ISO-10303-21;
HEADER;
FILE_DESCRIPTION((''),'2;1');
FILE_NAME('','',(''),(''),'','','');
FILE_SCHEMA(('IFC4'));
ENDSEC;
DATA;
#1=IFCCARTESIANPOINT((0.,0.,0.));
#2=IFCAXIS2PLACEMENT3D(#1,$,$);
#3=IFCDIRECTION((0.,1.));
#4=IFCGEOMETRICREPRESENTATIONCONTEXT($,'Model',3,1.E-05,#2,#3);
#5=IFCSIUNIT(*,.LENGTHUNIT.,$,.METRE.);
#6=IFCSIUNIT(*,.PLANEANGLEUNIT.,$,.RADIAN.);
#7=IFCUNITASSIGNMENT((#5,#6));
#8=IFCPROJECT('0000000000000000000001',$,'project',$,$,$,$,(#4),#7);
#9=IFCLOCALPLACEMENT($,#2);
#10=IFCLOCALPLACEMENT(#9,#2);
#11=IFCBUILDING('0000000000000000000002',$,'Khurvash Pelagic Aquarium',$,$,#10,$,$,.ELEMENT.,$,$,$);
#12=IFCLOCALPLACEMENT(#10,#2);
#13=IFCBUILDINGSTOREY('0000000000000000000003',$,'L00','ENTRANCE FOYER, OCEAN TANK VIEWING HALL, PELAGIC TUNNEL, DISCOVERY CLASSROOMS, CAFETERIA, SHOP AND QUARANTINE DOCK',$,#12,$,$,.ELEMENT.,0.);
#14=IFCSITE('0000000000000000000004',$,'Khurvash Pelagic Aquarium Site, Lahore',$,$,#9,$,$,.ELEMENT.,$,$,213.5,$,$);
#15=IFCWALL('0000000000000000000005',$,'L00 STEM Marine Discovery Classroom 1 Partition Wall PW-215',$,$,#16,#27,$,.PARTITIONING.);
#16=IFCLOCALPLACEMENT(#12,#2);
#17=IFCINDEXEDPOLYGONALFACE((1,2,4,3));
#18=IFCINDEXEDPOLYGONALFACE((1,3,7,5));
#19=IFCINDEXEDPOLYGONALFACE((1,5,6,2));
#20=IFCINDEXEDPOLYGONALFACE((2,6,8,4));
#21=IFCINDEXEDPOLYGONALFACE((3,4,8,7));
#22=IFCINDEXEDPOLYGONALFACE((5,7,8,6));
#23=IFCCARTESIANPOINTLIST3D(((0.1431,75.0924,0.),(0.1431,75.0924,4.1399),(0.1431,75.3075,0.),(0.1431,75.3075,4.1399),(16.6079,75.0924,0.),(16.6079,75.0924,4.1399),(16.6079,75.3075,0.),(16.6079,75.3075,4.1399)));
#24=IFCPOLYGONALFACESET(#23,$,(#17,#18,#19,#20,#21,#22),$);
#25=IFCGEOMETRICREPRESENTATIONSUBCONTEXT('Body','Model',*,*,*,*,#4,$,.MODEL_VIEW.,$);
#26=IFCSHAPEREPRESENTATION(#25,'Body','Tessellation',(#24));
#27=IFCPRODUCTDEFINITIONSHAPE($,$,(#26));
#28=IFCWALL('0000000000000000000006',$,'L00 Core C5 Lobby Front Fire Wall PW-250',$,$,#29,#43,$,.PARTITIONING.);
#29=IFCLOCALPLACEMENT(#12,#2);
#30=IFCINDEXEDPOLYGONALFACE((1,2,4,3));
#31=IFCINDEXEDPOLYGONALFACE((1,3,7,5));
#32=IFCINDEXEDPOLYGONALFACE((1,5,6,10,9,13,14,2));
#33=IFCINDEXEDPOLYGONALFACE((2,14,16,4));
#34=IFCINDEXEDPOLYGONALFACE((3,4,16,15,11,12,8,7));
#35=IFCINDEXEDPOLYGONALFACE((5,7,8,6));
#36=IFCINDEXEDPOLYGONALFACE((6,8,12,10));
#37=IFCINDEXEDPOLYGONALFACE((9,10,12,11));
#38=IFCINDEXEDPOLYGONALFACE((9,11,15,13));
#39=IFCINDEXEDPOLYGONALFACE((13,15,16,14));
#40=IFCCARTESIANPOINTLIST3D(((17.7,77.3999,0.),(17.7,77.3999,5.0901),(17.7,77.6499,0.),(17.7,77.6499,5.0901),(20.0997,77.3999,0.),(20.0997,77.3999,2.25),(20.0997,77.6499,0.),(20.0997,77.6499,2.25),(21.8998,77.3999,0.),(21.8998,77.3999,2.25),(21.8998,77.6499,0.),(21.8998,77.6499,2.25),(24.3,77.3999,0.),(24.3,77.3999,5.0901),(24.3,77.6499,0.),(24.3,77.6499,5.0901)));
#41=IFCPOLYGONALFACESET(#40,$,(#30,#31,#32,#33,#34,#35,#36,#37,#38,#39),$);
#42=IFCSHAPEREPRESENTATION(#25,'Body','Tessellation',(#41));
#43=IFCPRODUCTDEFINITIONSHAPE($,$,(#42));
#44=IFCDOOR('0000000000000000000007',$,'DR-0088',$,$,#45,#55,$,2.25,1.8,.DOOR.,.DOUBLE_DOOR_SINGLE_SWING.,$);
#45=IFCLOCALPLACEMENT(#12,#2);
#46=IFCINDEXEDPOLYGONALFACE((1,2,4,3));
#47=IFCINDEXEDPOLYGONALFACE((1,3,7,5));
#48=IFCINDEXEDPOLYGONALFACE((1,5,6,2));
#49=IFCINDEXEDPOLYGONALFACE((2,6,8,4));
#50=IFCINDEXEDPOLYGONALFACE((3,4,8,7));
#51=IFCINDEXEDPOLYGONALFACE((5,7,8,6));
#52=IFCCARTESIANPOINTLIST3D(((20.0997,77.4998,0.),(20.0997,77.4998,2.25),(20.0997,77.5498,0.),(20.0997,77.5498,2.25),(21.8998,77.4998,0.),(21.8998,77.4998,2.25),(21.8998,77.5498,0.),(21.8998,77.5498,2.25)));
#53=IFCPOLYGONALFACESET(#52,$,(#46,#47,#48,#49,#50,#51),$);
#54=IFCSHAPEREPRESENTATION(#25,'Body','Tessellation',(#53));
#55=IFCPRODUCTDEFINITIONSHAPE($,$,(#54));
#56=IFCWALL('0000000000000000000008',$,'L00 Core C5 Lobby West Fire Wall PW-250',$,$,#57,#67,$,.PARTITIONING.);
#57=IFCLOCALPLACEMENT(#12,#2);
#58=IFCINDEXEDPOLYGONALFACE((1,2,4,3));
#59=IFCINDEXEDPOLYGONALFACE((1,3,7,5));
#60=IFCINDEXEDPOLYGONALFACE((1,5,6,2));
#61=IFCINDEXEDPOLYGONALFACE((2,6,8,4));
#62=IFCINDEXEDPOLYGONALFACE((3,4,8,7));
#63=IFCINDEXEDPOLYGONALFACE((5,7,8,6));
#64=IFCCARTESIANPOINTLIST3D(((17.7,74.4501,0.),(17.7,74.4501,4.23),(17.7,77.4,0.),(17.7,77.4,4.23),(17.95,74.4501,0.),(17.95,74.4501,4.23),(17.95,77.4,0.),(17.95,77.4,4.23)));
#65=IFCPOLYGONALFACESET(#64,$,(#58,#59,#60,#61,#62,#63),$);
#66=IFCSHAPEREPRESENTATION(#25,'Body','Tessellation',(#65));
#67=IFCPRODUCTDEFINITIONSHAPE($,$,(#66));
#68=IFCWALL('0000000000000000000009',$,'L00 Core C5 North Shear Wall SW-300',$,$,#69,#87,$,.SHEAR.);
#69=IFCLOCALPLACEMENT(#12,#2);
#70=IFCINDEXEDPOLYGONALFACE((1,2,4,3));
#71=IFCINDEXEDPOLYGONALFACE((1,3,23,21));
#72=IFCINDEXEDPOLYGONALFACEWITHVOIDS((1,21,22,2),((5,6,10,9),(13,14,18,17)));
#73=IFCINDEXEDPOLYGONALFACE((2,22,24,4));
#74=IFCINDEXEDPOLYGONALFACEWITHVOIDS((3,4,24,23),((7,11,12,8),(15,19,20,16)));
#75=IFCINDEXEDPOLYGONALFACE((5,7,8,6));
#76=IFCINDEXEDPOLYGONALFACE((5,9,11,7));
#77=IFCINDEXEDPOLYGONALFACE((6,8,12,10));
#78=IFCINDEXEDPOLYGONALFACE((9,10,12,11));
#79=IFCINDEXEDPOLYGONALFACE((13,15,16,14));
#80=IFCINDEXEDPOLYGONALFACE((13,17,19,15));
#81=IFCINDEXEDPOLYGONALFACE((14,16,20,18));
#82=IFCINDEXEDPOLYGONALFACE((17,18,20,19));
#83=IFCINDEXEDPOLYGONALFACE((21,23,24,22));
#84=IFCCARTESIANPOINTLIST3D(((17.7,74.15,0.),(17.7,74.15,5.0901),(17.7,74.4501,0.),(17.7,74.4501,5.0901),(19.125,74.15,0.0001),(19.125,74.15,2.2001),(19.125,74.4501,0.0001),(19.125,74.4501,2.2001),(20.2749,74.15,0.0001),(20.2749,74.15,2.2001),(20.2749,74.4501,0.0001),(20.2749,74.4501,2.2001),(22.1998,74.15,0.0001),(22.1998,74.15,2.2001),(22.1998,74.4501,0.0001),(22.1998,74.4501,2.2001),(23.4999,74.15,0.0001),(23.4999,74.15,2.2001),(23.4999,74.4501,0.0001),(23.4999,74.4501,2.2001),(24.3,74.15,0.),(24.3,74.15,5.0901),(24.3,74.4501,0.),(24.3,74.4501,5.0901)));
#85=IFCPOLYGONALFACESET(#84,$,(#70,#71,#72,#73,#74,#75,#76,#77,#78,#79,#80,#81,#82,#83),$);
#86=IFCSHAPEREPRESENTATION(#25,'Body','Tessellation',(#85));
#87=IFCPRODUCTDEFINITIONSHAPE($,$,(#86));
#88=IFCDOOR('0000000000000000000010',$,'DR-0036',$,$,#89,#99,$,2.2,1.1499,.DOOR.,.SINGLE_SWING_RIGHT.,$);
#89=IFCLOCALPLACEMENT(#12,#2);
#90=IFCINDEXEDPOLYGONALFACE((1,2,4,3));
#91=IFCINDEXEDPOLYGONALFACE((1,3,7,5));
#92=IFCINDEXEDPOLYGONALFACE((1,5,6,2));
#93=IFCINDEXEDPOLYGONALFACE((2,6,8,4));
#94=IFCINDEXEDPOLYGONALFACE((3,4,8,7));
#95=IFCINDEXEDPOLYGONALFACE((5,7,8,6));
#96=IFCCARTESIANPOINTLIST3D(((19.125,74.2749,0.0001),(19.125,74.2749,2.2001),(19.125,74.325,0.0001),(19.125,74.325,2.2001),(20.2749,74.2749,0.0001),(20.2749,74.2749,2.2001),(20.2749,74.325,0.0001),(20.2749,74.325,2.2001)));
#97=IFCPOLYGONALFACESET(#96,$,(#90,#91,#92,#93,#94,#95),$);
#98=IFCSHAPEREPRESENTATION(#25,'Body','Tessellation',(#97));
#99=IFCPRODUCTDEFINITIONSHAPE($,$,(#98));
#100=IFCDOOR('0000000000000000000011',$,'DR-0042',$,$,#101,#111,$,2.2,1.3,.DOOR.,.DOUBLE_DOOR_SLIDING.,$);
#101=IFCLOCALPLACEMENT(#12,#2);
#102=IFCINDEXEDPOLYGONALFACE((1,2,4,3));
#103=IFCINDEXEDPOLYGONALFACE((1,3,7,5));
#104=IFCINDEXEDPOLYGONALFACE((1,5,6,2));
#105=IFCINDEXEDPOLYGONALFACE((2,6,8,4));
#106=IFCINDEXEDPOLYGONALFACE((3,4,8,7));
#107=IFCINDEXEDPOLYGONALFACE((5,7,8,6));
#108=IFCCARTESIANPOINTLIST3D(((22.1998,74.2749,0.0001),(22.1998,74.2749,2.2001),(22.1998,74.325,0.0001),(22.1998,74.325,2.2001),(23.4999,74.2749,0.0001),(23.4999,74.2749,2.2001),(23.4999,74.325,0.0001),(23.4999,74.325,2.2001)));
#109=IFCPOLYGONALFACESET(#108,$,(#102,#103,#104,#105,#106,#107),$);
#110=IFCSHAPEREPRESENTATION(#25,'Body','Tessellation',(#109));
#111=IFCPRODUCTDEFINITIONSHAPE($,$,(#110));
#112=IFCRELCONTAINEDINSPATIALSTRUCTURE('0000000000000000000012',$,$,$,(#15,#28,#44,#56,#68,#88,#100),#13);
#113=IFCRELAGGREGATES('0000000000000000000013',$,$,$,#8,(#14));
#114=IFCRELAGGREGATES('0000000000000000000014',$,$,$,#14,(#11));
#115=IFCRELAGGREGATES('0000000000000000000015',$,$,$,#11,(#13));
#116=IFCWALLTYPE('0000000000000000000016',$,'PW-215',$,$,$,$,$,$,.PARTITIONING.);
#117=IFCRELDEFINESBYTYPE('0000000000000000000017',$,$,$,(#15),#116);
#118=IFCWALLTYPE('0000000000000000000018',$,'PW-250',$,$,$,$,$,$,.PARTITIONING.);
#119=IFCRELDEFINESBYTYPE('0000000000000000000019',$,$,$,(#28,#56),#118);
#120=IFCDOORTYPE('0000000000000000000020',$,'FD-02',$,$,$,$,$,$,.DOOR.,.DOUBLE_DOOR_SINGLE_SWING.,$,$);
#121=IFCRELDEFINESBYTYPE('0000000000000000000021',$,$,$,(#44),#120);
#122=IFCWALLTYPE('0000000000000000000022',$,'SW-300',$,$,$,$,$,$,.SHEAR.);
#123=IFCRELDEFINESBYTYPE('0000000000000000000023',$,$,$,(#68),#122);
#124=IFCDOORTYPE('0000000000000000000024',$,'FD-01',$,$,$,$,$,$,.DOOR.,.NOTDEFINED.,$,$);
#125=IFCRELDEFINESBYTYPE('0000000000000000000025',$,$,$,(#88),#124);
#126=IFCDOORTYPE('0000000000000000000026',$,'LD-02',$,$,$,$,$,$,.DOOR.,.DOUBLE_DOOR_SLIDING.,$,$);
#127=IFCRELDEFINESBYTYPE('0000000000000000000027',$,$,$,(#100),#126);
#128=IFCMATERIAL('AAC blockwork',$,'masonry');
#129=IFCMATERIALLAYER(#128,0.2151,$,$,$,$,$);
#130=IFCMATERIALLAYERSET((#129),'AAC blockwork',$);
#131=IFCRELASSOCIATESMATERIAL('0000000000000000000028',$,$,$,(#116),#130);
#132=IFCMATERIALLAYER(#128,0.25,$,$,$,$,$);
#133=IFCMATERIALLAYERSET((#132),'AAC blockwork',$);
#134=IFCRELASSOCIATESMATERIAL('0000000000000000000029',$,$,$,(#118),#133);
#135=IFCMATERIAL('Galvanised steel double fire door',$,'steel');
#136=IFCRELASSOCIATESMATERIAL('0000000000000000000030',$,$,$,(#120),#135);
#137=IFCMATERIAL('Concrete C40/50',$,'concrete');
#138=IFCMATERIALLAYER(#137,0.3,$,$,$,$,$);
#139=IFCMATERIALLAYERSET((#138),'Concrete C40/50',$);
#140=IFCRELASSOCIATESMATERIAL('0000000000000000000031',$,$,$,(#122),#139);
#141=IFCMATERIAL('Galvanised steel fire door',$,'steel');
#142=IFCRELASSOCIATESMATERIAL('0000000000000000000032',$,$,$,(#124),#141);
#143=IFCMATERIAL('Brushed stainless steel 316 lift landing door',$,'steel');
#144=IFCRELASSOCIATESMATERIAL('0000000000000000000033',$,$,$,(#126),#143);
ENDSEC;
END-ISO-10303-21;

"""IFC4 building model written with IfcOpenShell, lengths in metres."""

from ifc_helpers import new_model, si_unit, direction, frame, frame_2d, origin, place, context, subcontext, project, spatial, rectangle, extrude, material, layer, layer_set, type_object, element, fill, save


model = new_model("IFC4")

# Units and contexts
model_context = context("Model", 3, precision=1e-05, world=origin(), true_north=direction((0.0, 1.0)))
body_context = subcontext(model_context, "Body", "Model", "MODEL_VIEW")
ifc_project = project(units=[si_unit("LENGTHUNIT", "METRE"), si_unit("PLANEANGLEUNIT", "RADIAN")], contexts=[model_context])

# Site, building, storey
site_placement = place(None, origin())
site = spatial("IfcSite", under=ifc_project, at=site_placement, Name="Khurvash Pelagic Aquarium Site, Lahore", CompositionType="ELEMENT", RefElevation=213.5)
building_placement = place(site_placement, origin())
building = spatial("IfcBuilding", under=site, at=building_placement, Name="Khurvash Pelagic Aquarium", CompositionType="ELEMENT")
storey_placement = place(building_placement, origin())
storey = spatial("IfcBuildingStorey", under=building, at=storey_placement, Name="L00", Description="ENTRANCE FOYER, OCEAN TANK VIEWING HALL, PELAGIC TUNNEL, DISCOVERY CLASSROOMS, CAFETERIA, SHOP AND QUARANTINE DOCK", CompositionType="ELEMENT", Elevation=0.0)

# Shared definitions
ifc_material_1 = material(Name="Concrete C40/50", Category="concrete")

# Shared definitions
ifc_material_2 = material(Name="AAC blockwork", Category="masonry")
ifc_layer_1 = layer(ifc_material_2, 0.2151)
ifc_layer_set_1 = layer_set([ifc_layer_1], Name="AAC blockwork")
wall_type_1 = type_object("IfcWallType", Name="PW-215", PredefinedType="PARTITIONING", material=ifc_layer_set_1)

# Wall
wall_1_placement = place(storey_placement, frame((0.1431, 75.2, 0.0), z_axis=(0.0, 0.0, 1.0), x_axis=(1.0, 0.0, 0.0)))
element("IfcWall", 1, at=wall_1_placement, inside=storey, type_object=wall_type_1, Name="L00 STEM Marine Discovery Classroom 1 Partition Wall PW-215", PredefinedType="PARTITIONING", context=body_context, shape_type="SweptSolid", body=[
    extrude(rectangle(XDim=16.4648, YDim=0.2151, at=frame_2d((8.2324, 0.0))), origin(), (0.0, 0.0, 1.0), 4.1399),
])

# Wall, opening, door
ifc_layer_2 = layer(ifc_material_2, 0.25)
ifc_layer_set_2 = layer_set([ifc_layer_2], Name="AAC blockwork")
wall_type_2 = type_object("IfcWallType", Name="PW-250", PredefinedType="PARTITIONING", material=ifc_layer_set_2)
wall_2_placement = place(storey_placement, frame((17.7, 77.5249, 0.0), z_axis=(0.0, 0.0, 1.0), x_axis=(1.0, 0.0, 0.0)))
wall_2 = element("IfcWall", 2, at=wall_2_placement, inside=storey, type_object=wall_type_2, Name="L00 Core C5 Lobby Front Fire Wall PW-250", PredefinedType="PARTITIONING", context=body_context, shape_type="SweptSolid", body=[
    extrude(rectangle(XDim=6.6001, YDim=0.25, at=frame_2d((3.3, 0.0))), origin(), (0.0, 0.0, 1.0), 5.0901),
])
opening_1_placement = place(wall_2_placement, frame((2.3999, 0.0, 0.0)))
opening_1 = element("IfcOpeningElement", 3, at=opening_1_placement, cuts=wall_2, PredefinedType="OPENING", context=body_context, shape_type="SweptSolid", body=[
    extrude(rectangle(XDim=1.8, YDim=2.25, at=frame_2d((0.8999, 1.125))), frame((0.0, 0.135, 0.0), z_axis=(0.0, -1.0, 0.0), x_axis=(1.0, 0.0, 0.0)), (0.0, 0.0, 1.0), 0.27),
])
ifc_material_3 = material(Name="Galvanised steel double fire door", Category="steel")
door_type_1 = type_object("IfcDoorType", Name="FD-02", OperationType="DOUBLE_DOOR_SINGLE_SWING", PredefinedType="DOOR", material=ifc_material_3)
door_1_placement = place(opening_1_placement, origin())
door_1 = element("IfcDoor", 4, at=door_1_placement, inside=storey, type_object=door_type_1, Name="DR-0088", OperationType="DOUBLE_DOOR_SINGLE_SWING", OverallHeight=2.25, OverallWidth=1.8, PredefinedType="DOOR", context=body_context, shape_type="SweptSolid", body=[
    extrude(rectangle(XDim=1.8, YDim=2.25, at=frame_2d((0.8999, 1.125))), frame((0.0, 0.0249, 0.0), z_axis=(0.0, -1.0, 0.0), x_axis=(1.0, 0.0, 0.0)), (0.0, 0.0, 1.0), 0.05),
])
fill(opening_1, door_1)

# Wall
wall_3_placement = place(storey_placement, frame((17.825, 74.45, 0.0), z_axis=(0.0, 0.0, 1.0), x_axis=(0.0, 1.0, 0.0)))
element("IfcWall", 5, at=wall_3_placement, inside=storey, type_object=wall_type_2, Name="L00 Core C5 Lobby West Fire Wall PW-250", PredefinedType="PARTITIONING", context=body_context, shape_type="SweptSolid", body=[
    extrude(rectangle(XDim=2.95, YDim=0.25, at=frame_2d((1.4751, 0.0))), origin(), (0.0, 0.0, 1.0), 4.23),
])

# Wall, openings, doors
ifc_layer_3 = layer(ifc_material_1, 0.3)
ifc_layer_set_3 = layer_set([ifc_layer_3], Name="Concrete C40/50")
wall_type_3 = type_object("IfcWallType", Name="SW-300", PredefinedType="SHEAR", material=ifc_layer_set_3)
wall_4_placement = place(storey_placement, frame((17.7, 74.3, 0.0), z_axis=(0.0, 0.0, 1.0), x_axis=(1.0, 0.0, 0.0)))
wall_4 = element("IfcWall", 6, at=wall_4_placement, inside=storey, type_object=wall_type_3, Name="L00 Core C5 North Shear Wall SW-300", PredefinedType="SHEAR", context=body_context, shape_type="SweptSolid", body=[
    extrude(rectangle(XDim=6.6001, YDim=0.3, at=frame_2d((3.3, 0.0))), origin(), (0.0, 0.0, 1.0), 5.0901),
])
opening_2_placement = place(wall_4_placement, frame((1.425, 0.0, 0.0)))
opening_2 = element("IfcOpeningElement", 7, at=opening_2_placement, cuts=wall_4, PredefinedType="OPENING", context=body_context, shape_type="SweptSolid", body=[
    extrude(rectangle(XDim=1.1499, YDim=2.2, at=frame_2d((0.575, 1.1001))), frame((0.0, 0.1602, 0.0), z_axis=(0.0, -1.0, 0.0), x_axis=(1.0, 0.0, 0.0)), (0.0, 0.0, 1.0), 0.3201),
])
opening_3_placement = place(wall_4_placement, frame((4.5, 0.0, 0.0)))
opening_3 = element("IfcOpeningElement", 8, at=opening_3_placement, cuts=wall_4, PredefinedType="OPENING", context=body_context, shape_type="SweptSolid", body=[
    extrude(rectangle(XDim=1.3, YDim=2.2, at=frame_2d((0.6499, 1.1001))), frame((0.0, 0.1602, 0.0), z_axis=(0.0, -1.0, 0.0), x_axis=(1.0, 0.0, 0.0)), (0.0, 0.0, 1.0), 0.3201),
])
ifc_material_4 = material(Name="Galvanised steel fire door", Category="steel")
door_type_2 = type_object("IfcDoorType", Name="FD-01", OperationType="NOTDEFINED", PredefinedType="DOOR", material=ifc_material_4)
door_2_placement = place(opening_2_placement, origin())
door_2 = element("IfcDoor", 9, at=door_2_placement, inside=storey, type_object=door_type_2, Name="DR-0036", OperationType="SINGLE_SWING_RIGHT", OverallHeight=2.2, OverallWidth=1.1499, PredefinedType="DOOR", context=body_context, shape_type="SweptSolid", body=[
    extrude(rectangle(XDim=1.1499, YDim=2.2, at=frame_2d((0.575, 1.1001))), frame((0.0, 0.0249, 0.0), z_axis=(0.0, -1.0, 0.0), x_axis=(1.0, 0.0, 0.0)), (0.0, 0.0, 1.0), 0.05),
])
fill(opening_2, door_2)
ifc_material_5 = material(Name="Brushed stainless steel 316 lift landing door", Category="steel")
door_type_3 = type_object("IfcDoorType", Name="LD-02", OperationType="DOUBLE_DOOR_SLIDING", PredefinedType="DOOR", material=ifc_material_5)
door_3_placement = place(opening_3_placement, origin())
door_3 = element("IfcDoor", 10, at=door_3_placement, inside=storey, type_object=door_type_3, Name="DR-0042", OperationType="DOUBLE_DOOR_SLIDING", OverallHeight=2.2, OverallWidth=1.3, PredefinedType="DOOR", context=body_context, shape_type="SweptSolid", body=[
    extrude(rectangle(XDim=1.3, YDim=2.2, at=frame_2d((0.6499, 1.1001))), frame((0.0, 0.0249, 0.0), z_axis=(0.0, -1.0, 0.0), x_axis=(1.0, 0.0, 0.0)), (0.0, 0.0, 1.0), 0.05),
])
fill(opening_3, door_3)

save(model, "model.ifc")
